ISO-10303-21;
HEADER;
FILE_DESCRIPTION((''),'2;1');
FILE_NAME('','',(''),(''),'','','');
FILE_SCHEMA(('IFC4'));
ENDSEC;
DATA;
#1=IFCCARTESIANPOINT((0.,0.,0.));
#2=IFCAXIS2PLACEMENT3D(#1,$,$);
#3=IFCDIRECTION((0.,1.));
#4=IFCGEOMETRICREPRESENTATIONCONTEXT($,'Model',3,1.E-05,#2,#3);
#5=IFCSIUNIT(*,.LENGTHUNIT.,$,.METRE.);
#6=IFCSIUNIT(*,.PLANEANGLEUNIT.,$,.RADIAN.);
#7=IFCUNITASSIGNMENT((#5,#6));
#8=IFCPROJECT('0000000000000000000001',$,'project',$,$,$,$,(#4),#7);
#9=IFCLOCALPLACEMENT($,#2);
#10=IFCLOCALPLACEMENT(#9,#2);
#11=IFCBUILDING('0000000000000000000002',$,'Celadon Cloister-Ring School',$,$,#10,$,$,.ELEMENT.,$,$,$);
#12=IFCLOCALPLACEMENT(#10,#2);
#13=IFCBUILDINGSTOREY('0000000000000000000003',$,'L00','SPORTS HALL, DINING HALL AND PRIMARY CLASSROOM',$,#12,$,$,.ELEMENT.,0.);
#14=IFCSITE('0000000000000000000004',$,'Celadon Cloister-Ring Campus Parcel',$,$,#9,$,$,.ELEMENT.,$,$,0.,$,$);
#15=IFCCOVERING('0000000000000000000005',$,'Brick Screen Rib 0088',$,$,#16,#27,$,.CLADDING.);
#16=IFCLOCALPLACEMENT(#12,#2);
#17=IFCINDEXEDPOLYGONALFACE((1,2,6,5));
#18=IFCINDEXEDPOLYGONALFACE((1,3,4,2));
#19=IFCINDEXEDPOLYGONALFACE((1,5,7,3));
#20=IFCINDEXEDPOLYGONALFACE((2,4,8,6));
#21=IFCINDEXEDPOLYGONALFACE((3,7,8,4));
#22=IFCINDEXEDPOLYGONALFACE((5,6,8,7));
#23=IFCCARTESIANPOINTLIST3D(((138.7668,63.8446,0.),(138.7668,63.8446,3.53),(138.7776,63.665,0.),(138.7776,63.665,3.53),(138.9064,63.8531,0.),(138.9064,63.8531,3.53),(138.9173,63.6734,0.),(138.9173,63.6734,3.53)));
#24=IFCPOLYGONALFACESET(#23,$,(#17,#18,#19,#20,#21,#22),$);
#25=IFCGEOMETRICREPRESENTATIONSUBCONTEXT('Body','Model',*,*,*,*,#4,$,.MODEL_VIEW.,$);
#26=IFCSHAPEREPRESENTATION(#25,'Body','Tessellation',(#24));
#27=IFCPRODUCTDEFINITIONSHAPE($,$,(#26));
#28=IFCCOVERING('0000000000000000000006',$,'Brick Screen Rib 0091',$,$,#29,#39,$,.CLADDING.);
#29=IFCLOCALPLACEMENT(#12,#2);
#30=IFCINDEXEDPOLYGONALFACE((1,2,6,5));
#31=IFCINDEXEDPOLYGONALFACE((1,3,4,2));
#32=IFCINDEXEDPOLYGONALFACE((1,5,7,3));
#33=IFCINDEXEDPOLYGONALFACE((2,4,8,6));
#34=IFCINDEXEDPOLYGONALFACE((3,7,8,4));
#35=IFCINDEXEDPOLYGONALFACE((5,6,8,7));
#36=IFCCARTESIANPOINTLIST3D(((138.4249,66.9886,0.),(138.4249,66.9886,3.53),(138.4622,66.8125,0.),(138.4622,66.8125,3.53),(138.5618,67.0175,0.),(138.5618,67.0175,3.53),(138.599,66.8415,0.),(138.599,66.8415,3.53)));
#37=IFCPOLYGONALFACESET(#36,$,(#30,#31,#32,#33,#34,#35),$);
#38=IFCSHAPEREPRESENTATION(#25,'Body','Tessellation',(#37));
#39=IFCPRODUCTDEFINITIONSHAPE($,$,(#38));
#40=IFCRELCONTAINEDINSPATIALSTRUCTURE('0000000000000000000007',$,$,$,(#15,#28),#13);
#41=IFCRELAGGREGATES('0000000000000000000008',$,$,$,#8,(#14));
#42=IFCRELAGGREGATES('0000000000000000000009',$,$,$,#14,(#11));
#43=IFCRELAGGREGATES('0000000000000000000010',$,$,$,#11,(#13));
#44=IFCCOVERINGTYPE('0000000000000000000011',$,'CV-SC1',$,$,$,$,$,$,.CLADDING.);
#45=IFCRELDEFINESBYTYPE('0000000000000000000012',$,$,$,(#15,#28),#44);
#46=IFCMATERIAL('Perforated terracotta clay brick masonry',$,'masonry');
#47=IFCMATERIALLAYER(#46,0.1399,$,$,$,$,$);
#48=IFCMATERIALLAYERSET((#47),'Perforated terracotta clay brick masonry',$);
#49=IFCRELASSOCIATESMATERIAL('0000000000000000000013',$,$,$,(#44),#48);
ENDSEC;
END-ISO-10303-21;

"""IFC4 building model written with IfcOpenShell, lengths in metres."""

from ifc_helpers import new_model, si_unit, direction, frame, origin, origin_2d, place, context, subcontext, project, spatial, rectangle, extrude, material, layer, layer_set, type_object, element, save


model = new_model("IFC4")

# Units and contexts
model_context = context("Model", 3, precision=1e-05, world=origin(), true_north=direction((0.0, 1.0)))
body_context = subcontext(model_context, "Body", "Model", "MODEL_VIEW")
ifc_project = project(units=[si_unit("LENGTHUNIT", "METRE"), si_unit("PLANEANGLEUNIT", "RADIAN")], contexts=[model_context])

# Site, building, storey
site_placement = place(None, origin())
site = spatial("IfcSite", under=ifc_project, at=site_placement, Name="Celadon Cloister-Ring Campus Parcel", CompositionType="ELEMENT", RefElevation=0.0)
building_placement = place(site_placement, origin())
building = spatial("IfcBuilding", under=site, at=building_placement, Name="Celadon Cloister-Ring School", CompositionType="ELEMENT")
storey_placement = place(building_placement, origin())
storey = spatial("IfcBuildingStorey", under=building, at=storey_placement, Name="L00", Description="SPORTS HALL, DINING HALL AND PRIMARY CLASSROOM", CompositionType="ELEMENT", Elevation=0.0)

# Coverings
ifc_material_1 = material(Name="Perforated terracotta clay brick masonry", Category="masonry")
ifc_layer_1 = layer(ifc_material_1, 0.1399)
ifc_layer_set_1 = layer_set([ifc_layer_1], Name="Perforated terracotta clay brick masonry")
covering_type = type_object("IfcCoveringType", Name="CV-SC1", PredefinedType="CLADDING", material=ifc_layer_set_1)
for number, where, z_axis, x_axis, name in (
    (1, (138.842, 63.759, 0.0), (0.0, 0.0, 1.0), (0.060282, -0.998181, 0.0), "Brick Screen Rib 0088"),
    (2, (138.512, 66.915, 0.0), (0.0, 0.0, 1.0), (0.207075, -0.978325, 0.0), "Brick Screen Rib 0091"),
):
    element("IfcCovering", number, at=place(storey_placement, frame(where, z_axis=z_axis, x_axis=x_axis)), inside=storey, type_object=covering_type, Name=name, PredefinedType="CLADDING", context=body_context, shape_type="SweptSolid", body=[
        extrude(rectangle(XDim=0.1799, YDim=0.1399, at=origin_2d()), origin(), (0.0, 0.0, 1.0), 3.53),
    ])

save(model, "model.ifc")
